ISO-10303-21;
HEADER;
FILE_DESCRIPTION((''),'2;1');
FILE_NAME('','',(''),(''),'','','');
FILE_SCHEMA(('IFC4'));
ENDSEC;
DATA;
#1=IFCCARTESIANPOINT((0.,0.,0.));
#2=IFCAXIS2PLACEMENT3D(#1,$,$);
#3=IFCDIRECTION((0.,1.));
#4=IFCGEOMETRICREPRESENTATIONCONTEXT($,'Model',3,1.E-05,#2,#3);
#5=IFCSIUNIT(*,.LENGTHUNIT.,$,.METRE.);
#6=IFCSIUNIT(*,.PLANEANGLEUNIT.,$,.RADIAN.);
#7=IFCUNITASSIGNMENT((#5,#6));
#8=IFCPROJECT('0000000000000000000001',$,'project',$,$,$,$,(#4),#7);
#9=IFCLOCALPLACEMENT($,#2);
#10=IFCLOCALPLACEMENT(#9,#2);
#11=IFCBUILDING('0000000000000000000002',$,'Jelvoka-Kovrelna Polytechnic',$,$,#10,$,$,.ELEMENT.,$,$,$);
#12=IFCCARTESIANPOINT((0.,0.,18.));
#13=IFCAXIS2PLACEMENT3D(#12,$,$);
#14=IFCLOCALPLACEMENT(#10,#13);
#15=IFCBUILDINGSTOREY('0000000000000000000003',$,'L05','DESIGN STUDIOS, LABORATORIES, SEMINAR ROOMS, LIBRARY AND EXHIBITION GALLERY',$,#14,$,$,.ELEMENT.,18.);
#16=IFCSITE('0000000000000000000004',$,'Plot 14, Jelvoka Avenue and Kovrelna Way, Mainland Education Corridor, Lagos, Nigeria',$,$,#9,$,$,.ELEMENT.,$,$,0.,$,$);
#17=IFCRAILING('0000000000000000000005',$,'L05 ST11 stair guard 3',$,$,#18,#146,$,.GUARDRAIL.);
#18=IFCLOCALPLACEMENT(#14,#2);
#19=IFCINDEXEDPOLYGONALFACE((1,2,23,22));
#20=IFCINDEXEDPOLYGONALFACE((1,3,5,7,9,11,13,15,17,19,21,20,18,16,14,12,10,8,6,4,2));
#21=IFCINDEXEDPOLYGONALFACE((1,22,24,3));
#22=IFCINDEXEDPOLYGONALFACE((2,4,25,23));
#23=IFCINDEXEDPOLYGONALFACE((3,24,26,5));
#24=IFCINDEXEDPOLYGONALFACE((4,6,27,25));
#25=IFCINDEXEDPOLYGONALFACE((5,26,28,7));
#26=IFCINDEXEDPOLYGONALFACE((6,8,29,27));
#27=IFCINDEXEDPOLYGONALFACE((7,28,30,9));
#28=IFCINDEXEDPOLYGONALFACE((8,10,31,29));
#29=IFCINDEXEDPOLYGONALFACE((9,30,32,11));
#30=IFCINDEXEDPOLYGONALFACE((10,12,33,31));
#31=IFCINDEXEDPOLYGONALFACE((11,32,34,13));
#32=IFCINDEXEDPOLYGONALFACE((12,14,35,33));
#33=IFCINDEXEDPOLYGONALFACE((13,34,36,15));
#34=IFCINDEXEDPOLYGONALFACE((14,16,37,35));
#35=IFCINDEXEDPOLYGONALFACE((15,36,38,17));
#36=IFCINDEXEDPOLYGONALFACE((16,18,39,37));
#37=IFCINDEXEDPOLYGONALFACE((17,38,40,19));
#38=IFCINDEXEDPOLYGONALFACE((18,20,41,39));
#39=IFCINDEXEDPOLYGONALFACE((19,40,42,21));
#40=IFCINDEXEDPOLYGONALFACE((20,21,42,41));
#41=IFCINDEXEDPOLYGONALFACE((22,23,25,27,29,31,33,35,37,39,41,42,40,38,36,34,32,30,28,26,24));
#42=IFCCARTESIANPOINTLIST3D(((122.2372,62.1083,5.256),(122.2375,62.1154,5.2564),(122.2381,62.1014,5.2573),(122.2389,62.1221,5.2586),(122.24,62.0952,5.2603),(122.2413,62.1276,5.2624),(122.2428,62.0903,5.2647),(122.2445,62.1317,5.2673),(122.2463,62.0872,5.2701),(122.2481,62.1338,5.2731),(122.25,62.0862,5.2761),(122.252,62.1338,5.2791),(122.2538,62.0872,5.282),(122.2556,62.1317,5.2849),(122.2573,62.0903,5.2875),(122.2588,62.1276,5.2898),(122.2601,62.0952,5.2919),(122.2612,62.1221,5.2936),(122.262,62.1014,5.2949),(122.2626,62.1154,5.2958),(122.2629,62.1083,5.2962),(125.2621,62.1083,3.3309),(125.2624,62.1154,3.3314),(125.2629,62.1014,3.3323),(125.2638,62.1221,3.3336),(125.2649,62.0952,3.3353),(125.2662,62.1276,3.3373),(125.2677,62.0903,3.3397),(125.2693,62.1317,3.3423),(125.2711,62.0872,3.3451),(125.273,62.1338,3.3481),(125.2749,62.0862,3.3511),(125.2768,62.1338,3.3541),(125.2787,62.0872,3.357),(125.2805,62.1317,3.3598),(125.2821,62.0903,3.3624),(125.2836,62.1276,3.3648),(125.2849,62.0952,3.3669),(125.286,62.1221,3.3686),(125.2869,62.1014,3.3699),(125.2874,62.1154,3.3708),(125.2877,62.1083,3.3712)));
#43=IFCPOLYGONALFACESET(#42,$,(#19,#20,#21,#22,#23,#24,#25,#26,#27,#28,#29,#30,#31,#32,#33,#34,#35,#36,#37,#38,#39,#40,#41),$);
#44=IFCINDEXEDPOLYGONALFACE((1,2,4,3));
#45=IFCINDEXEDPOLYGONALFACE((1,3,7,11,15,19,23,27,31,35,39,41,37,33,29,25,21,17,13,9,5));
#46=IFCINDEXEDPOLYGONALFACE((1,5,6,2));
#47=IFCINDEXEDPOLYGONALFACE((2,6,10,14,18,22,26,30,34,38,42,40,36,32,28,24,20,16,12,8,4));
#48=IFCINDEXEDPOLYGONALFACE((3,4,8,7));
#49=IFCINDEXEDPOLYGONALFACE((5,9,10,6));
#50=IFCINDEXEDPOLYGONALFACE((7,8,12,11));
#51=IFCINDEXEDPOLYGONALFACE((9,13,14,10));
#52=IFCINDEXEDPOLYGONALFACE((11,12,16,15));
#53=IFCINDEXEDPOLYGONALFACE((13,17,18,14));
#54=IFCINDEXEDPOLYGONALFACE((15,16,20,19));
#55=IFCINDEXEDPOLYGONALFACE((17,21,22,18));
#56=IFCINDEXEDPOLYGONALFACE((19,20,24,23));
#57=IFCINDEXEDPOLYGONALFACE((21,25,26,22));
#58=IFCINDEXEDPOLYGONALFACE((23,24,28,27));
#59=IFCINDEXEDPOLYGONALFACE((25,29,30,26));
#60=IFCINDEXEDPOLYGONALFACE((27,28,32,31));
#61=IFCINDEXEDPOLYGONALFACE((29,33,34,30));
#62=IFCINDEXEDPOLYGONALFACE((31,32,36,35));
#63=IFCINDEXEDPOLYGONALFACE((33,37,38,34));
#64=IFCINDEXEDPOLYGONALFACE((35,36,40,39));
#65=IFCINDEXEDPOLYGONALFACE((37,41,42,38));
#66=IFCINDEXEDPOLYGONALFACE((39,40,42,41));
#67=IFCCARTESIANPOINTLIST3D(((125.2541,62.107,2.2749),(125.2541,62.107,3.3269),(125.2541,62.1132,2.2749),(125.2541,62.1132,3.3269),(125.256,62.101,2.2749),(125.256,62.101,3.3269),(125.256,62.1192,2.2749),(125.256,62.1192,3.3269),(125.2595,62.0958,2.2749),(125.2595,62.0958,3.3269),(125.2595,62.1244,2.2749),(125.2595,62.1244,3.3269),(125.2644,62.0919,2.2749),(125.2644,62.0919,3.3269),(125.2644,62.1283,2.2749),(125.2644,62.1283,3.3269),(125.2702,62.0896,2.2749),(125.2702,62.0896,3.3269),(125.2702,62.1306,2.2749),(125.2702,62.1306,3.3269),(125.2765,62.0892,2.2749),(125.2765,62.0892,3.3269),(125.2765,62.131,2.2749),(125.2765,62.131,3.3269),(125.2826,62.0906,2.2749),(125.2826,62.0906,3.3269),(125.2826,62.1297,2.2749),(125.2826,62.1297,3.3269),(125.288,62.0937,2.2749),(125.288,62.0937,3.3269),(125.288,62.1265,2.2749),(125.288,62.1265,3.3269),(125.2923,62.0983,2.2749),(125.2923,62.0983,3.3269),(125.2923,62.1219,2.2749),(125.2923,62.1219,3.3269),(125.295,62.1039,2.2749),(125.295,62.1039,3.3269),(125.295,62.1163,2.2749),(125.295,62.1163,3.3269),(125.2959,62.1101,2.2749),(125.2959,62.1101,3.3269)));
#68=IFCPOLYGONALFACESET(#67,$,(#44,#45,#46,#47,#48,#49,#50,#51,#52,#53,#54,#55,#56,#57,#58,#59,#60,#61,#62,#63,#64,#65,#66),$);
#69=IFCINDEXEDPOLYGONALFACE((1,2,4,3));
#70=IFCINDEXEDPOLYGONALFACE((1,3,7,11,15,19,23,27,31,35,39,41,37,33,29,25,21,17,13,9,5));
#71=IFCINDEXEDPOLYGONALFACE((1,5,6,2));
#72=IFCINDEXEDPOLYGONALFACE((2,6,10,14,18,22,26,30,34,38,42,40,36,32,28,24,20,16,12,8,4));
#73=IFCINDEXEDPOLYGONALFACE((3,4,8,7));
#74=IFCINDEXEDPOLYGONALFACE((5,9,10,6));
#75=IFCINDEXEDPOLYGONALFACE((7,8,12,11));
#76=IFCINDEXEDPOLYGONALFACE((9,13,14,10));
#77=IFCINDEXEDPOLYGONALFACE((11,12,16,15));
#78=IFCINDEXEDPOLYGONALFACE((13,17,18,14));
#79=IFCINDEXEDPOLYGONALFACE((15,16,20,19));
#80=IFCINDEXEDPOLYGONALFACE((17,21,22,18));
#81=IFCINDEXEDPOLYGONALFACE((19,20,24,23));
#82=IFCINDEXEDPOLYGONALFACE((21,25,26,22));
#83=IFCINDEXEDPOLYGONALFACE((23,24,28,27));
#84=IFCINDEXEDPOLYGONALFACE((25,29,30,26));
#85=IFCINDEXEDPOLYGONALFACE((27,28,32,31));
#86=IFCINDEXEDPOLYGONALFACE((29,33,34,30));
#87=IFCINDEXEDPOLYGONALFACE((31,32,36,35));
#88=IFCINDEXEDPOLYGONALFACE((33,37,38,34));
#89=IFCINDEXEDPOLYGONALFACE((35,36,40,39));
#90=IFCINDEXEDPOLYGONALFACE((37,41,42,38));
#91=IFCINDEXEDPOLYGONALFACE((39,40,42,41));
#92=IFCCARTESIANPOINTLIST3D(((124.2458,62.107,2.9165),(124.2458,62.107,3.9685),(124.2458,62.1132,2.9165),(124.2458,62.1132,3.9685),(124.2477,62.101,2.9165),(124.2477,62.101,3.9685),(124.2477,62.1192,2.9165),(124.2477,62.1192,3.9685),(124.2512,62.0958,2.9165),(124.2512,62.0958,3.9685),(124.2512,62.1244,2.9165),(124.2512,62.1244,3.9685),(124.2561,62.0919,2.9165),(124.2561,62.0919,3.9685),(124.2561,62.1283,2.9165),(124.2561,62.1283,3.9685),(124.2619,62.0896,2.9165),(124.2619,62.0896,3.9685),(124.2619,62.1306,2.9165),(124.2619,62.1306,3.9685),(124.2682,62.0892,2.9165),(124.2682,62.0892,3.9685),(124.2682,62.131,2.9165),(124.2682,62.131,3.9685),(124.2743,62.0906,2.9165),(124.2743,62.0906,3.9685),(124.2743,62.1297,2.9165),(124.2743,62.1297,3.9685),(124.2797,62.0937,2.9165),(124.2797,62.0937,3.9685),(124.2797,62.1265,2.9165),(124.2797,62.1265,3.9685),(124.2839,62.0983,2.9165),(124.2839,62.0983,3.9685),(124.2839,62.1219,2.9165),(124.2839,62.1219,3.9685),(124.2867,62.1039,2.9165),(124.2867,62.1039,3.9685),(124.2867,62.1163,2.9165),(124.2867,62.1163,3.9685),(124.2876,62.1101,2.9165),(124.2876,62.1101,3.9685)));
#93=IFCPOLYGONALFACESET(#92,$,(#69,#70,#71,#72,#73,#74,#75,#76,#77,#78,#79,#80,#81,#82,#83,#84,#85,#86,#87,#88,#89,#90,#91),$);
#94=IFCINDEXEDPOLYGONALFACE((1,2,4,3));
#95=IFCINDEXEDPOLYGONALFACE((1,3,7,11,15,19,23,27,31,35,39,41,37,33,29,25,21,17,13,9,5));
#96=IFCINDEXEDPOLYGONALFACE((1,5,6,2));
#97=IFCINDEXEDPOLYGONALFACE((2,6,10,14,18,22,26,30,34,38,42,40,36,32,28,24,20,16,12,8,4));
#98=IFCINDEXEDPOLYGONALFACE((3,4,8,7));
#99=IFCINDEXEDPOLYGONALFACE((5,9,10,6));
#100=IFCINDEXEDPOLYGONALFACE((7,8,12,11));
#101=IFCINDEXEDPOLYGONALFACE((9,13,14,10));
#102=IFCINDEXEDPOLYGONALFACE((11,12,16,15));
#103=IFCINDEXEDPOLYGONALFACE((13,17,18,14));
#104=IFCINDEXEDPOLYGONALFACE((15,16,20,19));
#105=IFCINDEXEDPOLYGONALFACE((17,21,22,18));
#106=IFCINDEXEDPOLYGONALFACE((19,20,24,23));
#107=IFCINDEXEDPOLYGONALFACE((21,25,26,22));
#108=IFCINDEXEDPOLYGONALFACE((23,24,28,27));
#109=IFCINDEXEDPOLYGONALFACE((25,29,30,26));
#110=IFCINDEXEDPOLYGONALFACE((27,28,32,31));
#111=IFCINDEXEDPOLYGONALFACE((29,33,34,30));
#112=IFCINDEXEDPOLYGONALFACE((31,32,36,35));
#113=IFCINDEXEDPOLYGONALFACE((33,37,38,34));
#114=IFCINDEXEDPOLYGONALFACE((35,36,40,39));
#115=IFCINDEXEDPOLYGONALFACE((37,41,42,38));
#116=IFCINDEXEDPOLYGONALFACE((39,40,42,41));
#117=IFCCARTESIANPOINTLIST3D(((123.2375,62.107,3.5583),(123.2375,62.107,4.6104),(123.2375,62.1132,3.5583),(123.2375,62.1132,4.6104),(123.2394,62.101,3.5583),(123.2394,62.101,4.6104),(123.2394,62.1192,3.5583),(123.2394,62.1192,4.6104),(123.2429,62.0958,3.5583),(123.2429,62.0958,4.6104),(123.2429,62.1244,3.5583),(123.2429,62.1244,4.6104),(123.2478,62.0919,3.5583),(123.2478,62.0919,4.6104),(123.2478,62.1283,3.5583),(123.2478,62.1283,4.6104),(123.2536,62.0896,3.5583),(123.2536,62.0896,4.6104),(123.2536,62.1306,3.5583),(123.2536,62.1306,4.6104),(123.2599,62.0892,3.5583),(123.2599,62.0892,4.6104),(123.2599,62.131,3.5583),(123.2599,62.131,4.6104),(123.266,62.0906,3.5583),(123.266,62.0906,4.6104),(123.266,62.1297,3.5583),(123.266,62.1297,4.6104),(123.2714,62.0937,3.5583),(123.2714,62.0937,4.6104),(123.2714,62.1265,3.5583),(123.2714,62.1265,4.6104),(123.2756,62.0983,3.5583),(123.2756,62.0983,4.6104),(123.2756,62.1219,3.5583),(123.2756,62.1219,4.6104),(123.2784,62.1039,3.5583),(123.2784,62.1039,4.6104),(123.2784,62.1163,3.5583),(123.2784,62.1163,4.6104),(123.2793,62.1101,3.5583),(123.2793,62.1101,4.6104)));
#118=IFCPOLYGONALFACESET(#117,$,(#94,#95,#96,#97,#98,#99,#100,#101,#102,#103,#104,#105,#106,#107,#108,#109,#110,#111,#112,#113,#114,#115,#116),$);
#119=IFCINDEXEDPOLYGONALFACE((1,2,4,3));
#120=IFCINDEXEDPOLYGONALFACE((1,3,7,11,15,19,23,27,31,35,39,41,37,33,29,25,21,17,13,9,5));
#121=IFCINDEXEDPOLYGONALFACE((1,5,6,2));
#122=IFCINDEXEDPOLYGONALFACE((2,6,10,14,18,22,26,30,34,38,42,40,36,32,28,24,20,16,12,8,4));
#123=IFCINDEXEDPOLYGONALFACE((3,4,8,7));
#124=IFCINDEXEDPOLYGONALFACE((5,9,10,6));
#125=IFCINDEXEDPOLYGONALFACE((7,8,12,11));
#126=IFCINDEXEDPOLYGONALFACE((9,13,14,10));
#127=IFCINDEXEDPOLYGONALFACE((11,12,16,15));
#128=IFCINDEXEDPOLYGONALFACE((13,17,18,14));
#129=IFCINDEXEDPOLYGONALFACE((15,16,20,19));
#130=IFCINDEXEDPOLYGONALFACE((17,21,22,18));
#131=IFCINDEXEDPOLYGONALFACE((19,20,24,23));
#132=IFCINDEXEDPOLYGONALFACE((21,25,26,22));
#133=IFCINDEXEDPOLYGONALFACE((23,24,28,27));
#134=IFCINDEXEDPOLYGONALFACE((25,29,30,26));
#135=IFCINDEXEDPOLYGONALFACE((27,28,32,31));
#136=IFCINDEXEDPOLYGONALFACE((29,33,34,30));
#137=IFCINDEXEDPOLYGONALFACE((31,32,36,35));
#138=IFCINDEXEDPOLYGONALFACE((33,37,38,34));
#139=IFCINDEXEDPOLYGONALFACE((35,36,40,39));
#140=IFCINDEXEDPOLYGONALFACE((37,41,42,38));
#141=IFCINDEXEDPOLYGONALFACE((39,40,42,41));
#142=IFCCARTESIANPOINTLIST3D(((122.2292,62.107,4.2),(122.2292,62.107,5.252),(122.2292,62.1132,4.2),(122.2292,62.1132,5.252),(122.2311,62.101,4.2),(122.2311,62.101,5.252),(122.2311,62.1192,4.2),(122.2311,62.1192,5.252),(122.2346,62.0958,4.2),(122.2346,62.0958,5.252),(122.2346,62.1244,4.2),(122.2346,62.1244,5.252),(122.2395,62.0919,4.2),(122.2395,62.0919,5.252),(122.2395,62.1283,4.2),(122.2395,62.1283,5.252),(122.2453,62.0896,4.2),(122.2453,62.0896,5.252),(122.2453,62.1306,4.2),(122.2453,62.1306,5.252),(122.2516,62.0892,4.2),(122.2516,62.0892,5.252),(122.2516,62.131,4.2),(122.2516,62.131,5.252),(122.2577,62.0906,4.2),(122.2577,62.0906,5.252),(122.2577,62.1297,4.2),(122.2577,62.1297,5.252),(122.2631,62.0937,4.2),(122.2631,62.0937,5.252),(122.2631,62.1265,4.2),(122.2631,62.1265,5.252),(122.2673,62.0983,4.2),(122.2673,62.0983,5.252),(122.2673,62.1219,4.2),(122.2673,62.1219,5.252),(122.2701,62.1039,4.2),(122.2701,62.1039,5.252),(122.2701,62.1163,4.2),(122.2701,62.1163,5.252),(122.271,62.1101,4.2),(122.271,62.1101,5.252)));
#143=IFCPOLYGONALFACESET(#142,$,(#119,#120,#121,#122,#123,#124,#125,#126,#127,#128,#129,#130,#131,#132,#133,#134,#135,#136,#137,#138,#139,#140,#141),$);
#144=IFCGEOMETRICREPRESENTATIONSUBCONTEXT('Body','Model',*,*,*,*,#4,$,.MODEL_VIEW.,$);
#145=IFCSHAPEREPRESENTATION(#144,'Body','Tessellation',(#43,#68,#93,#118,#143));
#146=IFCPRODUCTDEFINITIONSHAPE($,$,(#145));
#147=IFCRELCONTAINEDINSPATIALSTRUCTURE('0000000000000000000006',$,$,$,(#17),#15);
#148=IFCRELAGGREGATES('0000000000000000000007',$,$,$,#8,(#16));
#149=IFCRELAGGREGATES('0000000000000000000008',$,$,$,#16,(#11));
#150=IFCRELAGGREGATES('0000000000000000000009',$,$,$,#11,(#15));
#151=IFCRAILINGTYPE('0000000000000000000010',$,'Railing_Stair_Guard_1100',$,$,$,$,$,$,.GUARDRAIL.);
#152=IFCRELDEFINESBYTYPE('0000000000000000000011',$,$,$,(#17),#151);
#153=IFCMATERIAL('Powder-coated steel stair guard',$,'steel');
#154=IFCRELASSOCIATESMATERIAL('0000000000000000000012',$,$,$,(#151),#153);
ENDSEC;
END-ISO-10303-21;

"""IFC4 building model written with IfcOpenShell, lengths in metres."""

from ifc_helpers import new_model, si_unit, direction, frame, origin, origin_2d, place, context, subcontext, project, spatial, circle, extrude, material, type_object, element, save


model = new_model("IFC4")

# Units and contexts
model_context = context("Model", 3, precision=1e-05, world=origin(), true_north=direction((0.0, 1.0)))
body_context = subcontext(model_context, "Body", "Model", "MODEL_VIEW")
ifc_project = project(units=[si_unit("LENGTHUNIT", "METRE"), si_unit("PLANEANGLEUNIT", "RADIAN")], contexts=[model_context])

# Site, building, storey
site_placement = place(None, origin())
site = spatial("IfcSite", under=ifc_project, at=site_placement, Name="Plot 14, Jelvoka Avenue and Kovrelna Way, Mainland Education Corridor, Lagos, Nigeria", CompositionType="ELEMENT", RefElevation=0.0)
building_placement = place(site_placement, origin())
building = spatial("IfcBuilding", under=site, at=building_placement, Name="Jelvoka-Kovrelna Polytechnic", CompositionType="ELEMENT")
storey_placement = place(building_placement, frame((0.0, 0.0, 18.0)))
storey = spatial("IfcBuildingStorey", under=building, at=storey_placement, Name="L05", Description="DESIGN STUDIOS, LABORATORIES, SEMINAR ROOMS, LIBRARY AND EXHIBITION GALLERY", CompositionType="ELEMENT", Elevation=18.0)

# Railing
ifc_material_1 = material(Name="Powder-coated steel stair guard", Category="steel")
railing_type_1 = type_object("IfcRailingType", Name="Railing_Stair_Guard_1100", PredefinedType="GUARDRAIL", material=ifc_material_1)
railing_1_placement = place(storey_placement, frame((125.2749, 62.1101, 2.2749)))
element("IfcRailing", 1, at=railing_1_placement, inside=storey, type_object=railing_type_1, Name="L05 ST11 stair guard 3", PredefinedType="GUARDRAIL", context=body_context, shape_type="SweptSolid", body=[
    extrude(circle(Radius=0.0239, at=origin_2d()), frame((0.0, 0.0, 1.0762), z_axis=(-0.843647, 0.0, 0.536898), x_axis=(0.0, -1.0, 0.0)), (0.0, 0.0, 1.0), 3.5854),
    extrude(circle(Radius=0.021, at=origin_2d()), origin(), (0.0, 0.0, 1.0), 1.052),
    extrude(circle(Radius=0.021, at=origin_2d()), frame((-1.0083, 0.0, 0.6416)), (0.0, 0.0, 1.0), 1.052),
    extrude(circle(Radius=0.021, at=origin_2d()), frame((-2.0166, 0.0, 1.2834)), (0.0, 0.0, 1.0), 1.052),
    extrude(circle(Radius=0.021, at=origin_2d()), frame((-3.0249, 0.0, 1.925)), (0.0, 0.0, 1.0), 1.052),
])

save(model, "model.ifc")
